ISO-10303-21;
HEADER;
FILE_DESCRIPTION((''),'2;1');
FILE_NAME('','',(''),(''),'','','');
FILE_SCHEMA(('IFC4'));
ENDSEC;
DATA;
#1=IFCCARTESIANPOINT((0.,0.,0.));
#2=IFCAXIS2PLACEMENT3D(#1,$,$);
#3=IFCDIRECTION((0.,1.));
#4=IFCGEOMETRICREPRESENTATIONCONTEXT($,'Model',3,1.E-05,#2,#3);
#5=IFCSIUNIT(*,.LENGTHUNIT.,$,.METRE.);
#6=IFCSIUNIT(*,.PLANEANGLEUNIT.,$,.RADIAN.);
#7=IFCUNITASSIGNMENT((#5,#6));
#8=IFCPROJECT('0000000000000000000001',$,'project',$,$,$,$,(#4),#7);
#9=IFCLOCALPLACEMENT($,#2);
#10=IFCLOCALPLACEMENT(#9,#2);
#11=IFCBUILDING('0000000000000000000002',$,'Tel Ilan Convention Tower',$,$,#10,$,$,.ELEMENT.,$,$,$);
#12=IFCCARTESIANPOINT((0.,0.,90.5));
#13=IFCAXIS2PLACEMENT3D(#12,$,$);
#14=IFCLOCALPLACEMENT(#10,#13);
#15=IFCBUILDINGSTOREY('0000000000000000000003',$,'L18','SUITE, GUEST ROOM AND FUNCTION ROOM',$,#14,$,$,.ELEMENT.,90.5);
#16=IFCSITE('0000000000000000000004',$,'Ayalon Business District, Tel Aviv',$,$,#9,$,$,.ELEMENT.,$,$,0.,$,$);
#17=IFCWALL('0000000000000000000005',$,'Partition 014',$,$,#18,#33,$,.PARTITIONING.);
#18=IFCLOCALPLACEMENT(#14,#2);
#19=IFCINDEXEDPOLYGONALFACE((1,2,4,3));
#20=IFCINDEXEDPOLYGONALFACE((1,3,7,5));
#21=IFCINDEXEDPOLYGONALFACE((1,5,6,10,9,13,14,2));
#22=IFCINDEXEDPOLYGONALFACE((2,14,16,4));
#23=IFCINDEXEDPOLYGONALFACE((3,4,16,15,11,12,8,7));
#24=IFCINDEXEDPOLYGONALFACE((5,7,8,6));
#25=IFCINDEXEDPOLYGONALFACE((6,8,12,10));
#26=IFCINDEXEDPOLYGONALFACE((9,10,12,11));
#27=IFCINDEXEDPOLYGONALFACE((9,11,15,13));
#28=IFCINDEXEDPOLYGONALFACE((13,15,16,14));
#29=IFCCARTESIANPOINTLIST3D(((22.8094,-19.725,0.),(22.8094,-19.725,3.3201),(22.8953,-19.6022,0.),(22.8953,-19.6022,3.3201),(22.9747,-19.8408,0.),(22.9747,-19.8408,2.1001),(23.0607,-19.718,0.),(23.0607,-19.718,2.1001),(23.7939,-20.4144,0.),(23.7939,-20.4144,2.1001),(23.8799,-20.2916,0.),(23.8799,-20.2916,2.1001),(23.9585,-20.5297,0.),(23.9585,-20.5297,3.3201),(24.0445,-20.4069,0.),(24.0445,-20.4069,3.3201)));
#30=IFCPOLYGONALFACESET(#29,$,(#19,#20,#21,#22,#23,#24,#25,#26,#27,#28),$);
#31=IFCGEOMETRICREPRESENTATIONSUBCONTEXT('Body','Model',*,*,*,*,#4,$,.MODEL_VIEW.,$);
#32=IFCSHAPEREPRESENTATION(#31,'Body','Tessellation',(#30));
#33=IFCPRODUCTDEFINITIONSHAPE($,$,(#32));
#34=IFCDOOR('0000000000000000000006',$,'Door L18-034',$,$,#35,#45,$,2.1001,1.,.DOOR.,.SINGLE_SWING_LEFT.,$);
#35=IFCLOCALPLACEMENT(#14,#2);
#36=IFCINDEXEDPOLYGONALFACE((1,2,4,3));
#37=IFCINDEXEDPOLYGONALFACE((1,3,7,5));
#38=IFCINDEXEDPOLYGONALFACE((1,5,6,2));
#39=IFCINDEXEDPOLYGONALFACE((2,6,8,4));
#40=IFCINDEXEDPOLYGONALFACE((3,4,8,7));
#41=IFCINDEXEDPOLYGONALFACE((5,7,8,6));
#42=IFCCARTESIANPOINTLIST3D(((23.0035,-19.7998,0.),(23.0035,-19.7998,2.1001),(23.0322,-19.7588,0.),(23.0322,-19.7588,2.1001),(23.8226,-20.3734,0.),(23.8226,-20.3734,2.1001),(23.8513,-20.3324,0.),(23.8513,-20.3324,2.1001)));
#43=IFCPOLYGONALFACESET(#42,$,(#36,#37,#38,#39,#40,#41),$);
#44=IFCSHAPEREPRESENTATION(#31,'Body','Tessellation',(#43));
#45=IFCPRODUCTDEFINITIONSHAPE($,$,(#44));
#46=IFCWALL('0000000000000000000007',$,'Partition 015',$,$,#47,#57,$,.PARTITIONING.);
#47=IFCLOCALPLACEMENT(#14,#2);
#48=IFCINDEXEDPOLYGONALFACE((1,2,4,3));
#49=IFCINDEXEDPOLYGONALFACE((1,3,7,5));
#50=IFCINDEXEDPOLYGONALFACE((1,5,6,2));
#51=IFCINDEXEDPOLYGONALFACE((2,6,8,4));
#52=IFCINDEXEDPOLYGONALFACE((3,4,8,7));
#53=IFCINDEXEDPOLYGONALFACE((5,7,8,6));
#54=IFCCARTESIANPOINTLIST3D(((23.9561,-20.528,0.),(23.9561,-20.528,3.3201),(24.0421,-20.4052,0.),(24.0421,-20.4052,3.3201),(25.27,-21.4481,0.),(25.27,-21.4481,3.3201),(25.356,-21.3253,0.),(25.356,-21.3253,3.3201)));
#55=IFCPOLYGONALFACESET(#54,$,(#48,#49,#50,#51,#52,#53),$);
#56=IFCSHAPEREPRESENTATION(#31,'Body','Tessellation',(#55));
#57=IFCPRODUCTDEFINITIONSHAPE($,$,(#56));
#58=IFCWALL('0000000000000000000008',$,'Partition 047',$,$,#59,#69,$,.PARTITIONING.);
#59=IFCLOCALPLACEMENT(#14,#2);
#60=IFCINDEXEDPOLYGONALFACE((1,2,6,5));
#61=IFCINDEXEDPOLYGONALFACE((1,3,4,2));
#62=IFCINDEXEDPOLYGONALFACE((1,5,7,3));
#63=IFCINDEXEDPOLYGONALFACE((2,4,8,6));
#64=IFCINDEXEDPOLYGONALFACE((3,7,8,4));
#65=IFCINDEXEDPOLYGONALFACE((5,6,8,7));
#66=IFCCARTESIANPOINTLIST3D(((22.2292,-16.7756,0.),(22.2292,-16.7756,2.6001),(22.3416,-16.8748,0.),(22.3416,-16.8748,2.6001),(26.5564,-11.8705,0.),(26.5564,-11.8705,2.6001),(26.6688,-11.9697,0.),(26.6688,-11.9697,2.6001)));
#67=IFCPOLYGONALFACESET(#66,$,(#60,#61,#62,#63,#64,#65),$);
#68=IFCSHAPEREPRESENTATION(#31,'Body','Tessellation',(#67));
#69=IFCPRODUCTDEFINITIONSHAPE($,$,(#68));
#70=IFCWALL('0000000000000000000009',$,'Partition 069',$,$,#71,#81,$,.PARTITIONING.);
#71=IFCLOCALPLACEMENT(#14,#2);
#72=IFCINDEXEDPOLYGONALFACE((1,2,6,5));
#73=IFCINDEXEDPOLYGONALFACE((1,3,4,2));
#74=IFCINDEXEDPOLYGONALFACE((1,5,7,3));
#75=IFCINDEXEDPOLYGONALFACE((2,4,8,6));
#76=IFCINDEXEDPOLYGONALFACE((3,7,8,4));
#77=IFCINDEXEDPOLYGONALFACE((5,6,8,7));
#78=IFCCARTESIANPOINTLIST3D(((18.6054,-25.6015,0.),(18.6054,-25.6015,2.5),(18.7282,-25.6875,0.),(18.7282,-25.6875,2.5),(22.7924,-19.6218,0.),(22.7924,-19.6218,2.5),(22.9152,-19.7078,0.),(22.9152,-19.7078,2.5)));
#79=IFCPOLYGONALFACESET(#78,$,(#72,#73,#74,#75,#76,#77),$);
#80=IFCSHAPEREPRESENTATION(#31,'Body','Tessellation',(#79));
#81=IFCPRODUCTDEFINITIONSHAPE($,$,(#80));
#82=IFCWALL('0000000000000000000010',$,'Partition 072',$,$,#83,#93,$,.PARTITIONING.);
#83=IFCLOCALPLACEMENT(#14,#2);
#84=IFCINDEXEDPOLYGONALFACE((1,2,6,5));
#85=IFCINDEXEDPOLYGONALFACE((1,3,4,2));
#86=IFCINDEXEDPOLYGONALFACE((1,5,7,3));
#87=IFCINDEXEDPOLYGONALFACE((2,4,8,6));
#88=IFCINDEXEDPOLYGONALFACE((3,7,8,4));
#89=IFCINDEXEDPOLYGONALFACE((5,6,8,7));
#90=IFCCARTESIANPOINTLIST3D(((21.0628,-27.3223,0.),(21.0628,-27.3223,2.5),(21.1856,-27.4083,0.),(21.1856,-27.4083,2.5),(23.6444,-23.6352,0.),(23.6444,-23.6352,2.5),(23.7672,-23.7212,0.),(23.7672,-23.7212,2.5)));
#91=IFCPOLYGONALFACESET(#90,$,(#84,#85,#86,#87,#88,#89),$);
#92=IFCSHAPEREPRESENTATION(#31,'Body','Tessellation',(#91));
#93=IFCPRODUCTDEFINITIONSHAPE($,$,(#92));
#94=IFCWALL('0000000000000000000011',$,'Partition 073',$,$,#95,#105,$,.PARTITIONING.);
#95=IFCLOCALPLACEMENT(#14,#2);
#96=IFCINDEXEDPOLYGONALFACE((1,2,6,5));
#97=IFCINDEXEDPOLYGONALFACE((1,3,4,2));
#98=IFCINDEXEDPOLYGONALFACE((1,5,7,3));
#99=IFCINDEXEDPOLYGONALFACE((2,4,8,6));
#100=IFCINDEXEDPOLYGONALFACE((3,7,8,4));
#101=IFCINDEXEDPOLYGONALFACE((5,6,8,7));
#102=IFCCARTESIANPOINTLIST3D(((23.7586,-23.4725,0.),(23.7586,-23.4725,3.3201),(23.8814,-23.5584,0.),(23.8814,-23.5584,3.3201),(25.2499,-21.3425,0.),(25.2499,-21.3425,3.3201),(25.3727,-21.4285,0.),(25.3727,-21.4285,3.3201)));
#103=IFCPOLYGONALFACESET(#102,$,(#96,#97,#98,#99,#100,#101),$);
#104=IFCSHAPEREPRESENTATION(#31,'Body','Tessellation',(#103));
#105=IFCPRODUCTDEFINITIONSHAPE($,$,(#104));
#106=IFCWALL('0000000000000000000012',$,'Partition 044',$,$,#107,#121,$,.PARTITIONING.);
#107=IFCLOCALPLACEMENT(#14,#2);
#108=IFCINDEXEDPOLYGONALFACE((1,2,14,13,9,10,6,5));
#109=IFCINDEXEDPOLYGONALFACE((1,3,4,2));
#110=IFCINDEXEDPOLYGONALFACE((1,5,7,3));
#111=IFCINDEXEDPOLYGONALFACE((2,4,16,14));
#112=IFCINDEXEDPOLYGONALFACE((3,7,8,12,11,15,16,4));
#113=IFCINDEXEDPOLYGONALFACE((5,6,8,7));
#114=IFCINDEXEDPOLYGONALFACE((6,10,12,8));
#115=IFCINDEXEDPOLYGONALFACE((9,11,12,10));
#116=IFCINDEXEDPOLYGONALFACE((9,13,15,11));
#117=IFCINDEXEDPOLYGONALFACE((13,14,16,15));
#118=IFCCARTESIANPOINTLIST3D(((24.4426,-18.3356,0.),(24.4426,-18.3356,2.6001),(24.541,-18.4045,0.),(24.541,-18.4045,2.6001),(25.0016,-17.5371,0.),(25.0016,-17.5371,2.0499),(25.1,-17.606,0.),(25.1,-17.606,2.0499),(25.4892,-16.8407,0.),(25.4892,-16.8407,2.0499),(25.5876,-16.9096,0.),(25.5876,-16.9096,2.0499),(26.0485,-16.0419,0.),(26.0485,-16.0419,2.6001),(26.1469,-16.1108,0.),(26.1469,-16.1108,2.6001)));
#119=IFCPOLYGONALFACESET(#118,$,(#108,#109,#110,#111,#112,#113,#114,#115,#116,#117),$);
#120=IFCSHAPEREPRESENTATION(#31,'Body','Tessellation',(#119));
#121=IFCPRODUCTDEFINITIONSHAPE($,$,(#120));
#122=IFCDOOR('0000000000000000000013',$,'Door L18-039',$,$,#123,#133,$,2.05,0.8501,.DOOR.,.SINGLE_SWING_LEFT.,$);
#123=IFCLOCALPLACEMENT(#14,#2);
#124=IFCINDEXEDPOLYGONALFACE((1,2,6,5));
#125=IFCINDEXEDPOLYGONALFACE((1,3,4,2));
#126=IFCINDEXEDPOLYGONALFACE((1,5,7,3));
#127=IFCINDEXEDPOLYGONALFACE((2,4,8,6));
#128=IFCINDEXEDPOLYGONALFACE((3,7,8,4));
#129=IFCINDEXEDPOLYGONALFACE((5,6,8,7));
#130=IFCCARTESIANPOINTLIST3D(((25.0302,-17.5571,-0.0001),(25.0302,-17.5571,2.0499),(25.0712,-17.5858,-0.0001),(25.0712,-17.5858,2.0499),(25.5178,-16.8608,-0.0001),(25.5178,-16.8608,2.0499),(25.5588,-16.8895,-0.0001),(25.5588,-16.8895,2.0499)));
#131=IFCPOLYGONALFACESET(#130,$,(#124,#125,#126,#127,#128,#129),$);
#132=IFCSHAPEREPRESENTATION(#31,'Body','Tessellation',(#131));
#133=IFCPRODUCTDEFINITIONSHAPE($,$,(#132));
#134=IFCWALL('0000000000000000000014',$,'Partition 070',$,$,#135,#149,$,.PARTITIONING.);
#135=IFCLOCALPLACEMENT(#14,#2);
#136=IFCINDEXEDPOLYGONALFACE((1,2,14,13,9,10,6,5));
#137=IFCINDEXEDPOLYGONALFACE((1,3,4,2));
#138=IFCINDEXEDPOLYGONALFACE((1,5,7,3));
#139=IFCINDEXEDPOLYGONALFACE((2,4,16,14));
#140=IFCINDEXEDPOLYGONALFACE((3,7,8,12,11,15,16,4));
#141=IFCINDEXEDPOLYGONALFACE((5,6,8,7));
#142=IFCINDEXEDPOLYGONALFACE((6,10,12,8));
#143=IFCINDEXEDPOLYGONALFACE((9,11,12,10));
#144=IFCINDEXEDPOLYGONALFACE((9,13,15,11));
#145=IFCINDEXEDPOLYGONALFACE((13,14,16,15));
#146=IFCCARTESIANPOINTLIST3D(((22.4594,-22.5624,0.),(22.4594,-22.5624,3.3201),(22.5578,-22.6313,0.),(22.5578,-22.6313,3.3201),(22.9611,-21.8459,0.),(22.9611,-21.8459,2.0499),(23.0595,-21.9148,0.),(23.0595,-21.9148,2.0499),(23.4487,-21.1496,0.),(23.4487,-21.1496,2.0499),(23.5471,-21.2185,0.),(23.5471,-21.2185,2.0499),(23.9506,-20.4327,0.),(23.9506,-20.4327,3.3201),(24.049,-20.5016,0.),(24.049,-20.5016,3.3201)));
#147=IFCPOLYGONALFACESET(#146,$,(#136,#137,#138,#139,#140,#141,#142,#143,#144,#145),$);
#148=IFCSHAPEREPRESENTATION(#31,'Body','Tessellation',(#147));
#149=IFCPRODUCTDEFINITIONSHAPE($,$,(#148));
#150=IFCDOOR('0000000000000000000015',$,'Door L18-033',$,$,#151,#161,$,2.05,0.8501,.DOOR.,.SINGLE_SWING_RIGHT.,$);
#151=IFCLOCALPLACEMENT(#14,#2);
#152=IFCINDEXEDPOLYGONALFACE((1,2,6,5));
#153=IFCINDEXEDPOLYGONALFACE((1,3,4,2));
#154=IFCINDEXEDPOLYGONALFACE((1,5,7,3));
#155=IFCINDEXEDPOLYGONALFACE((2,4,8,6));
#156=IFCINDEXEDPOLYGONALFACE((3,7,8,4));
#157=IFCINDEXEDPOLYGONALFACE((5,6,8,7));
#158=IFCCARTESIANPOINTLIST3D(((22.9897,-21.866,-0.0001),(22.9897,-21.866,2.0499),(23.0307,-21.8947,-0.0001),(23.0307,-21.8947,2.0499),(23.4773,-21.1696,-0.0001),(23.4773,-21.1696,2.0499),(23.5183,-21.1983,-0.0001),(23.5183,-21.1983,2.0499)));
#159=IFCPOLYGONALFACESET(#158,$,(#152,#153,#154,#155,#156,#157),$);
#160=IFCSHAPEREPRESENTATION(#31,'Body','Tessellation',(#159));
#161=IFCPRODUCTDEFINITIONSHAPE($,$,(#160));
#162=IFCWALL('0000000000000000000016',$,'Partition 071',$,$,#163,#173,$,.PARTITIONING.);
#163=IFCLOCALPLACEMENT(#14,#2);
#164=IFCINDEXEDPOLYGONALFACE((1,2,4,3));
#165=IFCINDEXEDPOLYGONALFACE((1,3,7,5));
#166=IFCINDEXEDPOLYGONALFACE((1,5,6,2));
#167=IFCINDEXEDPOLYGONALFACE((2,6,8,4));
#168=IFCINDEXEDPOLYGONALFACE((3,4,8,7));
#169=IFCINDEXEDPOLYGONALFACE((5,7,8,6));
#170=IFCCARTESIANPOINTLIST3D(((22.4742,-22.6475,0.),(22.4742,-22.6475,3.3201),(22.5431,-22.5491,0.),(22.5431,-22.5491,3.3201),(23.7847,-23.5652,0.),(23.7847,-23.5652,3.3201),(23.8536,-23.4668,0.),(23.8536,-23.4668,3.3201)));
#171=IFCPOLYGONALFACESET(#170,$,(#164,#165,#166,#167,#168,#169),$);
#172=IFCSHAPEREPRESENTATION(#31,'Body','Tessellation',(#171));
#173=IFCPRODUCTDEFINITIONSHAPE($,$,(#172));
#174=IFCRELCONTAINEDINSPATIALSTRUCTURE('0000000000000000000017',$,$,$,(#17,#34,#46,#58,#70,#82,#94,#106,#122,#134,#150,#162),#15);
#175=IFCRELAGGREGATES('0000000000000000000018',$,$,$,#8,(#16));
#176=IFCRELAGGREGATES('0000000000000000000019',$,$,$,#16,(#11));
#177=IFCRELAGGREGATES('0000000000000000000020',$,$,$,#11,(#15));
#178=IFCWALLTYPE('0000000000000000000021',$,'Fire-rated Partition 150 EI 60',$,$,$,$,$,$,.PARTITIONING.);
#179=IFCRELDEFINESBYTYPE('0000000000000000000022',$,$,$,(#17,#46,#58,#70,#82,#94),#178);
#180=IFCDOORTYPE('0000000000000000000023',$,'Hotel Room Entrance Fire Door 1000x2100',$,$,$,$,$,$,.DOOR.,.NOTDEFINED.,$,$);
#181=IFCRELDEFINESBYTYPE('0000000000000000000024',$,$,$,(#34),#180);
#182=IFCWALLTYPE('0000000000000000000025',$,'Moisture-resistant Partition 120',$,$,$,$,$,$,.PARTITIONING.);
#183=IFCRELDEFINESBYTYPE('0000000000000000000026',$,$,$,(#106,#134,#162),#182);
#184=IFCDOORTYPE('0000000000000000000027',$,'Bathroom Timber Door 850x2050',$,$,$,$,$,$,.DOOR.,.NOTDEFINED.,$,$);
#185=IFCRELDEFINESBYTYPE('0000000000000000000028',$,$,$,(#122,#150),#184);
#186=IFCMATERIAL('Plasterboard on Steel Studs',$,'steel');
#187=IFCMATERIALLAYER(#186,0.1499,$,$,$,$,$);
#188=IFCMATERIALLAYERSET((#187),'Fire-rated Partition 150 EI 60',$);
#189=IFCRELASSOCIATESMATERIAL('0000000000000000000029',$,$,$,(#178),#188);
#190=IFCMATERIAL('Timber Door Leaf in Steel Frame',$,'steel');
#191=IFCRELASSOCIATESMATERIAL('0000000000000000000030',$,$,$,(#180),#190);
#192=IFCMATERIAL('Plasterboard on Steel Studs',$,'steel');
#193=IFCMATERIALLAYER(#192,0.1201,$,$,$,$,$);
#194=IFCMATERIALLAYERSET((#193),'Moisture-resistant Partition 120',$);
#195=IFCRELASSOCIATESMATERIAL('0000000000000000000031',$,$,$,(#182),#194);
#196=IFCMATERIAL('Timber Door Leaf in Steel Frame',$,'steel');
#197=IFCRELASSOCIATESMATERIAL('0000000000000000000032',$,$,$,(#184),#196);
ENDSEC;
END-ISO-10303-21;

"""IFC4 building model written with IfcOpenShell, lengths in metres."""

from ifc_helpers import new_model, si_unit, direction, frame, frame_2d, origin, place, context, subcontext, project, spatial, rectangle, extrude, material, layer, layer_set, type_object, element, fill, save


model = new_model("IFC4")

# Units and contexts
model_context = context("Model", 3, precision=1e-05, world=origin(), true_north=direction((0.0, 1.0)))
body_context = subcontext(model_context, "Body", "Model", "MODEL_VIEW")
ifc_project = project(units=[si_unit("LENGTHUNIT", "METRE"), si_unit("PLANEANGLEUNIT", "RADIAN")], contexts=[model_context])

# Site, building, storey
site_placement = place(None, origin())
site = spatial("IfcSite", under=ifc_project, at=site_placement, Name="Ayalon Business District, Tel Aviv", CompositionType="ELEMENT", RefElevation=0.0)
building_placement = place(site_placement, origin())
building = spatial("IfcBuilding", under=site, at=building_placement, Name="Tel Ilan Convention Tower", CompositionType="ELEMENT")
storey_placement = place(building_placement, frame((0.0, 0.0, 90.5)))
storey = spatial("IfcBuildingStorey", under=building, at=storey_placement, Name="L18", Description="SUITE, GUEST ROOM AND FUNCTION ROOM", CompositionType="ELEMENT", Elevation=90.5)

# Shared definitions
ifc_material_1 = material(Name="Plasterboard on Steel Studs", Category="steel")
ifc_layer_1 = layer(ifc_material_1, 0.1499)
ifc_layer_set_1 = layer_set([ifc_layer_1], Name="Fire-rated Partition 150 EI 60")
wall_type_1 = type_object("IfcWallType", Name="Fire-rated Partition 150 EI 60", PredefinedType="PARTITIONING", material=ifc_layer_set_1)
ifc_material_2 = material(Name="Timber Door Leaf in Steel Frame", Category="steel")
door_type_1 = type_object("IfcDoorType", Name="Hotel Room Entrance Fire Door 1000x2100", OperationType="NOTDEFINED", PredefinedType="DOOR", material=ifc_material_2)

# Wall, opening, door
wall_1_placement = place(storey_placement, frame((24.0015, -20.4683, 0.0), z_axis=(0.0, 0.0, 1.0), x_axis=(-0.819142, 0.573591, 0.0)))
wall_1 = element("IfcWall", 1, at=wall_1_placement, inside=storey, type_object=wall_type_1, Name="Partition 014", PredefinedType="PARTITIONING", context=body_context, shape_type="SweptSolid", body=[
    extrude(rectangle(XDim=1.4028, YDim=0.1499, at=frame_2d((0.7014, 0.0))), origin(), (0.0, 0.0, 1.0), 3.3201),
])
opening_1_placement = place(wall_1_placement, frame((0.2009, 0.0, 0.0)))
opening_1 = element("IfcOpeningElement", 2, at=opening_1_placement, cuts=wall_1, PredefinedType="OPENING", context=body_context, shape_type="SweptSolid", body=[
    extrude(rectangle(XDim=1.0, YDim=2.1001, at=frame_2d((0.5, 1.05))), frame((0.0, 0.085, 0.0), z_axis=(0.0, -1.0, 0.0), x_axis=(1.0, 0.0, 0.0)), (0.0, 0.0, 1.0), 0.1699),
])
door_1_placement = place(opening_1_placement, origin())
door_1 = element("IfcDoor", 3, at=door_1_placement, inside=storey, type_object=door_type_1, Name="Door L18-034", OperationType="SINGLE_SWING_LEFT", OverallHeight=2.1001, OverallWidth=1.0, PredefinedType="DOOR", context=body_context, shape_type="SweptSolid", body=[
    extrude(rectangle(XDim=1.0, YDim=2.1001, at=frame_2d((0.5, 1.05))), frame((0.0, 0.0249, 0.0), z_axis=(0.0, -1.0, 0.0), x_axis=(1.0, 0.0, 0.0)), (0.0, 0.0, 1.0), 0.05),
])
fill(opening_1, door_1)

# Walls
wall_2_placement = place(storey_placement, frame((25.313, -21.3867, 0.0), z_axis=(0.0, 0.0, 1.0), x_axis=(-0.819118, 0.573626, 0.0)))
element("IfcWall", 4, at=wall_2_placement, inside=storey, type_object=wall_type_1, Name="Partition 015", PredefinedType="PARTITIONING", context=body_context, shape_type="SweptSolid", body=[
    extrude(rectangle(XDim=1.604, YDim=0.1499, at=frame_2d((0.802, 0.0))), origin(), (0.0, 0.0, 1.0), 3.3201),
])
wall_3_placement = place(storey_placement, frame((22.2854, -16.8252, 0.0), z_axis=(0.0, 0.0, 1.0), x_axis=(0.661551, 0.7499, 0.0)))
element("IfcWall", 5, at=wall_3_placement, inside=storey, type_object=wall_type_1, Name="Partition 047", PredefinedType="PARTITIONING", context=body_context, shape_type="SweptSolid", body=[
    extrude(rectangle(XDim=6.541, YDim=0.1499, at=frame_2d((3.2705, 0.0))), origin(), (0.0, 0.0, 1.0), 2.6001),
])
wall_4_placement = place(storey_placement, frame((22.8538, -19.6648, 0.0), z_axis=(0.0, 0.0, 1.0), x_axis=(-0.573572, -0.819155, 0.0)))
element("IfcWall", 6, at=wall_4_placement, inside=storey, type_object=wall_type_1, Name="Partition 069", PredefinedType="PARTITIONING", context=body_context, shape_type="SweptSolid", body=[
    extrude(rectangle(XDim=7.2998, YDim=0.1499, at=frame_2d((3.6499, 0.0))), origin(), (0.0, 0.0, 1.0), 2.5),
])
wall_5_placement = place(storey_placement, frame((23.7058, -23.6782, 0.0), z_axis=(0.0, 0.0, 1.0), x_axis=(-0.573557, -0.819166, 0.0)))
element("IfcWall", 7, at=wall_5_placement, inside=storey, type_object=wall_type_1, Name="Partition 072", PredefinedType="PARTITIONING", context=body_context, shape_type="SweptSolid", body=[
    extrude(rectangle(XDim=4.501, YDim=0.1499, at=frame_2d((2.2505, 0.0))), origin(), (0.0, 0.0, 1.0), 2.5),
])
wall_6_placement = place(storey_placement, frame((25.3113, -21.3855, 0.0), z_axis=(0.0, 0.0, 1.0), x_axis=(-0.573538, -0.819179, 0.0)))
element("IfcWall", 8, at=wall_6_placement, inside=storey, type_object=wall_type_1, Name="Partition 073", PredefinedType="PARTITIONING", context=body_context, shape_type="SweptSolid", body=[
    extrude(rectangle(XDim=2.6001, YDim=0.1499, at=frame_2d((1.3, 0.0))), origin(), (0.0, 0.0, 1.0), 3.3201),
])

# Walls, openings, doors
ifc_material_3 = material(Name="Plasterboard on Steel Studs", Category="steel")
ifc_layer_2 = layer(ifc_material_3, 0.1201)
ifc_layer_set_2 = layer_set([ifc_layer_2], Name="Moisture-resistant Partition 120")
wall_type_2 = type_object("IfcWallType", Name="Moisture-resistant Partition 120", PredefinedType="PARTITIONING", material=ifc_layer_set_2)
wall_7_placement = place(storey_placement, frame((26.0977, -16.0764, 0.0), z_axis=(0.0, 0.0, 1.0), x_axis=(-0.57355, -0.81917, 0.0)))
wall_7 = element("IfcWall", 9, at=wall_7_placement, inside=storey, type_object=wall_type_2, Name="Partition 044", PredefinedType="PARTITIONING", context=body_context, shape_type="SweptSolid", body=[
    extrude(rectangle(XDim=2.8, YDim=0.1201, at=frame_2d((1.3999, 0.0))), origin(), (0.0, 0.0, 1.0), 2.6001),
])
opening_2_placement = place(wall_7_placement, frame((0.9751, 0.0, 0.0)))
opening_2 = element("IfcOpeningElement", 10, at=opening_2_placement, cuts=wall_7, PredefinedType="OPENING", context=body_context, shape_type="SweptSolid", body=[
    extrude(rectangle(XDim=0.8501, YDim=2.05, at=frame_2d((0.425, 1.0249))), frame((0.0, 0.0701, 0.0), z_axis=(0.0, -1.0, 0.0), x_axis=(1.0, 0.0, 0.0)), (0.0, 0.0, 1.0), 0.1401),
])
ifc_material_4 = material(Name="Timber Door Leaf in Steel Frame", Category="steel")
door_type_2 = type_object("IfcDoorType", Name="Bathroom Timber Door 850x2050", OperationType="NOTDEFINED", PredefinedType="DOOR", material=ifc_material_4)
door_2_placement = place(opening_2_placement, origin())
door_2 = element("IfcDoor", 11, at=door_2_placement, inside=storey, type_object=door_type_2, Name="Door L18-039", OperationType="SINGLE_SWING_LEFT", OverallHeight=2.05, OverallWidth=0.8501, PredefinedType="DOOR", context=body_context, shape_type="SweptSolid", body=[
    extrude(rectangle(XDim=0.8501, YDim=2.05, at=frame_2d((0.425, 1.0249))), frame((0.0, 0.0249, 0.0), z_axis=(0.0, -1.0, 0.0), x_axis=(1.0, 0.0, 0.0)), (0.0, 0.0, 1.0), 0.05),
])
fill(opening_2, door_2)
wall_8_placement = place(storey_placement, frame((23.9998, -20.4673, 0.0), z_axis=(0.0, 0.0, 1.0), x_axis=(-0.573582, -0.819148, 0.0)))
wall_8 = element("IfcWall", 12, at=wall_8_placement, inside=storey, type_object=wall_type_2, Name="Partition 070", PredefinedType="PARTITIONING", context=body_context, shape_type="SweptSolid", body=[
    extrude(rectangle(XDim=2.5999, YDim=0.1201, at=frame_2d((1.2998, 0.0))), origin(), (0.0, 0.0, 1.0), 3.3201),
])
opening_3_placement = place(wall_8_placement, frame((0.875, 0.0, 0.0)))
opening_3 = element("IfcOpeningElement", 13, at=opening_3_placement, cuts=wall_8, PredefinedType="OPENING", context=body_context, shape_type="SweptSolid", body=[
    extrude(rectangle(XDim=0.8501, YDim=2.05, at=frame_2d((0.425, 1.0249))), frame((0.0, 0.0701, 0.0), z_axis=(0.0, -1.0, 0.0), x_axis=(1.0, 0.0, 0.0)), (0.0, 0.0, 1.0), 0.1401),
])
door_3_placement = place(opening_3_placement, origin())
door_3 = element("IfcDoor", 14, at=door_3_placement, inside=storey, type_object=door_type_2, Name="Door L18-033", OperationType="SINGLE_SWING_RIGHT", OverallHeight=2.05, OverallWidth=0.8501, PredefinedType="DOOR", context=body_context, shape_type="SweptSolid", body=[
    extrude(rectangle(XDim=0.8501, YDim=2.05, at=frame_2d((0.425, 1.0249))), frame((0.0, 0.0249, 0.0), z_axis=(0.0, -1.0, 0.0), x_axis=(1.0, 0.0, 0.0)), (0.0, 0.0, 1.0), 0.05),
])
fill(opening_3, door_3)

# Wall
wall_9_placement = place(storey_placement, frame((22.5088, -22.5984, 0.0), z_axis=(0.0, 0.0, 1.0), x_axis=(0.819132, -0.573606, 0.0)))
element("IfcWall", 15, at=wall_9_placement, inside=storey, type_object=wall_type_2, Name="Partition 071", PredefinedType="PARTITIONING", context=body_context, shape_type="SweptSolid", body=[
    extrude(rectangle(XDim=1.5999, YDim=0.1201, at=frame_2d((0.7998, 0.0))), origin(), (0.0, 0.0, 1.0), 3.3201),
])

save(model, "model.ifc")
